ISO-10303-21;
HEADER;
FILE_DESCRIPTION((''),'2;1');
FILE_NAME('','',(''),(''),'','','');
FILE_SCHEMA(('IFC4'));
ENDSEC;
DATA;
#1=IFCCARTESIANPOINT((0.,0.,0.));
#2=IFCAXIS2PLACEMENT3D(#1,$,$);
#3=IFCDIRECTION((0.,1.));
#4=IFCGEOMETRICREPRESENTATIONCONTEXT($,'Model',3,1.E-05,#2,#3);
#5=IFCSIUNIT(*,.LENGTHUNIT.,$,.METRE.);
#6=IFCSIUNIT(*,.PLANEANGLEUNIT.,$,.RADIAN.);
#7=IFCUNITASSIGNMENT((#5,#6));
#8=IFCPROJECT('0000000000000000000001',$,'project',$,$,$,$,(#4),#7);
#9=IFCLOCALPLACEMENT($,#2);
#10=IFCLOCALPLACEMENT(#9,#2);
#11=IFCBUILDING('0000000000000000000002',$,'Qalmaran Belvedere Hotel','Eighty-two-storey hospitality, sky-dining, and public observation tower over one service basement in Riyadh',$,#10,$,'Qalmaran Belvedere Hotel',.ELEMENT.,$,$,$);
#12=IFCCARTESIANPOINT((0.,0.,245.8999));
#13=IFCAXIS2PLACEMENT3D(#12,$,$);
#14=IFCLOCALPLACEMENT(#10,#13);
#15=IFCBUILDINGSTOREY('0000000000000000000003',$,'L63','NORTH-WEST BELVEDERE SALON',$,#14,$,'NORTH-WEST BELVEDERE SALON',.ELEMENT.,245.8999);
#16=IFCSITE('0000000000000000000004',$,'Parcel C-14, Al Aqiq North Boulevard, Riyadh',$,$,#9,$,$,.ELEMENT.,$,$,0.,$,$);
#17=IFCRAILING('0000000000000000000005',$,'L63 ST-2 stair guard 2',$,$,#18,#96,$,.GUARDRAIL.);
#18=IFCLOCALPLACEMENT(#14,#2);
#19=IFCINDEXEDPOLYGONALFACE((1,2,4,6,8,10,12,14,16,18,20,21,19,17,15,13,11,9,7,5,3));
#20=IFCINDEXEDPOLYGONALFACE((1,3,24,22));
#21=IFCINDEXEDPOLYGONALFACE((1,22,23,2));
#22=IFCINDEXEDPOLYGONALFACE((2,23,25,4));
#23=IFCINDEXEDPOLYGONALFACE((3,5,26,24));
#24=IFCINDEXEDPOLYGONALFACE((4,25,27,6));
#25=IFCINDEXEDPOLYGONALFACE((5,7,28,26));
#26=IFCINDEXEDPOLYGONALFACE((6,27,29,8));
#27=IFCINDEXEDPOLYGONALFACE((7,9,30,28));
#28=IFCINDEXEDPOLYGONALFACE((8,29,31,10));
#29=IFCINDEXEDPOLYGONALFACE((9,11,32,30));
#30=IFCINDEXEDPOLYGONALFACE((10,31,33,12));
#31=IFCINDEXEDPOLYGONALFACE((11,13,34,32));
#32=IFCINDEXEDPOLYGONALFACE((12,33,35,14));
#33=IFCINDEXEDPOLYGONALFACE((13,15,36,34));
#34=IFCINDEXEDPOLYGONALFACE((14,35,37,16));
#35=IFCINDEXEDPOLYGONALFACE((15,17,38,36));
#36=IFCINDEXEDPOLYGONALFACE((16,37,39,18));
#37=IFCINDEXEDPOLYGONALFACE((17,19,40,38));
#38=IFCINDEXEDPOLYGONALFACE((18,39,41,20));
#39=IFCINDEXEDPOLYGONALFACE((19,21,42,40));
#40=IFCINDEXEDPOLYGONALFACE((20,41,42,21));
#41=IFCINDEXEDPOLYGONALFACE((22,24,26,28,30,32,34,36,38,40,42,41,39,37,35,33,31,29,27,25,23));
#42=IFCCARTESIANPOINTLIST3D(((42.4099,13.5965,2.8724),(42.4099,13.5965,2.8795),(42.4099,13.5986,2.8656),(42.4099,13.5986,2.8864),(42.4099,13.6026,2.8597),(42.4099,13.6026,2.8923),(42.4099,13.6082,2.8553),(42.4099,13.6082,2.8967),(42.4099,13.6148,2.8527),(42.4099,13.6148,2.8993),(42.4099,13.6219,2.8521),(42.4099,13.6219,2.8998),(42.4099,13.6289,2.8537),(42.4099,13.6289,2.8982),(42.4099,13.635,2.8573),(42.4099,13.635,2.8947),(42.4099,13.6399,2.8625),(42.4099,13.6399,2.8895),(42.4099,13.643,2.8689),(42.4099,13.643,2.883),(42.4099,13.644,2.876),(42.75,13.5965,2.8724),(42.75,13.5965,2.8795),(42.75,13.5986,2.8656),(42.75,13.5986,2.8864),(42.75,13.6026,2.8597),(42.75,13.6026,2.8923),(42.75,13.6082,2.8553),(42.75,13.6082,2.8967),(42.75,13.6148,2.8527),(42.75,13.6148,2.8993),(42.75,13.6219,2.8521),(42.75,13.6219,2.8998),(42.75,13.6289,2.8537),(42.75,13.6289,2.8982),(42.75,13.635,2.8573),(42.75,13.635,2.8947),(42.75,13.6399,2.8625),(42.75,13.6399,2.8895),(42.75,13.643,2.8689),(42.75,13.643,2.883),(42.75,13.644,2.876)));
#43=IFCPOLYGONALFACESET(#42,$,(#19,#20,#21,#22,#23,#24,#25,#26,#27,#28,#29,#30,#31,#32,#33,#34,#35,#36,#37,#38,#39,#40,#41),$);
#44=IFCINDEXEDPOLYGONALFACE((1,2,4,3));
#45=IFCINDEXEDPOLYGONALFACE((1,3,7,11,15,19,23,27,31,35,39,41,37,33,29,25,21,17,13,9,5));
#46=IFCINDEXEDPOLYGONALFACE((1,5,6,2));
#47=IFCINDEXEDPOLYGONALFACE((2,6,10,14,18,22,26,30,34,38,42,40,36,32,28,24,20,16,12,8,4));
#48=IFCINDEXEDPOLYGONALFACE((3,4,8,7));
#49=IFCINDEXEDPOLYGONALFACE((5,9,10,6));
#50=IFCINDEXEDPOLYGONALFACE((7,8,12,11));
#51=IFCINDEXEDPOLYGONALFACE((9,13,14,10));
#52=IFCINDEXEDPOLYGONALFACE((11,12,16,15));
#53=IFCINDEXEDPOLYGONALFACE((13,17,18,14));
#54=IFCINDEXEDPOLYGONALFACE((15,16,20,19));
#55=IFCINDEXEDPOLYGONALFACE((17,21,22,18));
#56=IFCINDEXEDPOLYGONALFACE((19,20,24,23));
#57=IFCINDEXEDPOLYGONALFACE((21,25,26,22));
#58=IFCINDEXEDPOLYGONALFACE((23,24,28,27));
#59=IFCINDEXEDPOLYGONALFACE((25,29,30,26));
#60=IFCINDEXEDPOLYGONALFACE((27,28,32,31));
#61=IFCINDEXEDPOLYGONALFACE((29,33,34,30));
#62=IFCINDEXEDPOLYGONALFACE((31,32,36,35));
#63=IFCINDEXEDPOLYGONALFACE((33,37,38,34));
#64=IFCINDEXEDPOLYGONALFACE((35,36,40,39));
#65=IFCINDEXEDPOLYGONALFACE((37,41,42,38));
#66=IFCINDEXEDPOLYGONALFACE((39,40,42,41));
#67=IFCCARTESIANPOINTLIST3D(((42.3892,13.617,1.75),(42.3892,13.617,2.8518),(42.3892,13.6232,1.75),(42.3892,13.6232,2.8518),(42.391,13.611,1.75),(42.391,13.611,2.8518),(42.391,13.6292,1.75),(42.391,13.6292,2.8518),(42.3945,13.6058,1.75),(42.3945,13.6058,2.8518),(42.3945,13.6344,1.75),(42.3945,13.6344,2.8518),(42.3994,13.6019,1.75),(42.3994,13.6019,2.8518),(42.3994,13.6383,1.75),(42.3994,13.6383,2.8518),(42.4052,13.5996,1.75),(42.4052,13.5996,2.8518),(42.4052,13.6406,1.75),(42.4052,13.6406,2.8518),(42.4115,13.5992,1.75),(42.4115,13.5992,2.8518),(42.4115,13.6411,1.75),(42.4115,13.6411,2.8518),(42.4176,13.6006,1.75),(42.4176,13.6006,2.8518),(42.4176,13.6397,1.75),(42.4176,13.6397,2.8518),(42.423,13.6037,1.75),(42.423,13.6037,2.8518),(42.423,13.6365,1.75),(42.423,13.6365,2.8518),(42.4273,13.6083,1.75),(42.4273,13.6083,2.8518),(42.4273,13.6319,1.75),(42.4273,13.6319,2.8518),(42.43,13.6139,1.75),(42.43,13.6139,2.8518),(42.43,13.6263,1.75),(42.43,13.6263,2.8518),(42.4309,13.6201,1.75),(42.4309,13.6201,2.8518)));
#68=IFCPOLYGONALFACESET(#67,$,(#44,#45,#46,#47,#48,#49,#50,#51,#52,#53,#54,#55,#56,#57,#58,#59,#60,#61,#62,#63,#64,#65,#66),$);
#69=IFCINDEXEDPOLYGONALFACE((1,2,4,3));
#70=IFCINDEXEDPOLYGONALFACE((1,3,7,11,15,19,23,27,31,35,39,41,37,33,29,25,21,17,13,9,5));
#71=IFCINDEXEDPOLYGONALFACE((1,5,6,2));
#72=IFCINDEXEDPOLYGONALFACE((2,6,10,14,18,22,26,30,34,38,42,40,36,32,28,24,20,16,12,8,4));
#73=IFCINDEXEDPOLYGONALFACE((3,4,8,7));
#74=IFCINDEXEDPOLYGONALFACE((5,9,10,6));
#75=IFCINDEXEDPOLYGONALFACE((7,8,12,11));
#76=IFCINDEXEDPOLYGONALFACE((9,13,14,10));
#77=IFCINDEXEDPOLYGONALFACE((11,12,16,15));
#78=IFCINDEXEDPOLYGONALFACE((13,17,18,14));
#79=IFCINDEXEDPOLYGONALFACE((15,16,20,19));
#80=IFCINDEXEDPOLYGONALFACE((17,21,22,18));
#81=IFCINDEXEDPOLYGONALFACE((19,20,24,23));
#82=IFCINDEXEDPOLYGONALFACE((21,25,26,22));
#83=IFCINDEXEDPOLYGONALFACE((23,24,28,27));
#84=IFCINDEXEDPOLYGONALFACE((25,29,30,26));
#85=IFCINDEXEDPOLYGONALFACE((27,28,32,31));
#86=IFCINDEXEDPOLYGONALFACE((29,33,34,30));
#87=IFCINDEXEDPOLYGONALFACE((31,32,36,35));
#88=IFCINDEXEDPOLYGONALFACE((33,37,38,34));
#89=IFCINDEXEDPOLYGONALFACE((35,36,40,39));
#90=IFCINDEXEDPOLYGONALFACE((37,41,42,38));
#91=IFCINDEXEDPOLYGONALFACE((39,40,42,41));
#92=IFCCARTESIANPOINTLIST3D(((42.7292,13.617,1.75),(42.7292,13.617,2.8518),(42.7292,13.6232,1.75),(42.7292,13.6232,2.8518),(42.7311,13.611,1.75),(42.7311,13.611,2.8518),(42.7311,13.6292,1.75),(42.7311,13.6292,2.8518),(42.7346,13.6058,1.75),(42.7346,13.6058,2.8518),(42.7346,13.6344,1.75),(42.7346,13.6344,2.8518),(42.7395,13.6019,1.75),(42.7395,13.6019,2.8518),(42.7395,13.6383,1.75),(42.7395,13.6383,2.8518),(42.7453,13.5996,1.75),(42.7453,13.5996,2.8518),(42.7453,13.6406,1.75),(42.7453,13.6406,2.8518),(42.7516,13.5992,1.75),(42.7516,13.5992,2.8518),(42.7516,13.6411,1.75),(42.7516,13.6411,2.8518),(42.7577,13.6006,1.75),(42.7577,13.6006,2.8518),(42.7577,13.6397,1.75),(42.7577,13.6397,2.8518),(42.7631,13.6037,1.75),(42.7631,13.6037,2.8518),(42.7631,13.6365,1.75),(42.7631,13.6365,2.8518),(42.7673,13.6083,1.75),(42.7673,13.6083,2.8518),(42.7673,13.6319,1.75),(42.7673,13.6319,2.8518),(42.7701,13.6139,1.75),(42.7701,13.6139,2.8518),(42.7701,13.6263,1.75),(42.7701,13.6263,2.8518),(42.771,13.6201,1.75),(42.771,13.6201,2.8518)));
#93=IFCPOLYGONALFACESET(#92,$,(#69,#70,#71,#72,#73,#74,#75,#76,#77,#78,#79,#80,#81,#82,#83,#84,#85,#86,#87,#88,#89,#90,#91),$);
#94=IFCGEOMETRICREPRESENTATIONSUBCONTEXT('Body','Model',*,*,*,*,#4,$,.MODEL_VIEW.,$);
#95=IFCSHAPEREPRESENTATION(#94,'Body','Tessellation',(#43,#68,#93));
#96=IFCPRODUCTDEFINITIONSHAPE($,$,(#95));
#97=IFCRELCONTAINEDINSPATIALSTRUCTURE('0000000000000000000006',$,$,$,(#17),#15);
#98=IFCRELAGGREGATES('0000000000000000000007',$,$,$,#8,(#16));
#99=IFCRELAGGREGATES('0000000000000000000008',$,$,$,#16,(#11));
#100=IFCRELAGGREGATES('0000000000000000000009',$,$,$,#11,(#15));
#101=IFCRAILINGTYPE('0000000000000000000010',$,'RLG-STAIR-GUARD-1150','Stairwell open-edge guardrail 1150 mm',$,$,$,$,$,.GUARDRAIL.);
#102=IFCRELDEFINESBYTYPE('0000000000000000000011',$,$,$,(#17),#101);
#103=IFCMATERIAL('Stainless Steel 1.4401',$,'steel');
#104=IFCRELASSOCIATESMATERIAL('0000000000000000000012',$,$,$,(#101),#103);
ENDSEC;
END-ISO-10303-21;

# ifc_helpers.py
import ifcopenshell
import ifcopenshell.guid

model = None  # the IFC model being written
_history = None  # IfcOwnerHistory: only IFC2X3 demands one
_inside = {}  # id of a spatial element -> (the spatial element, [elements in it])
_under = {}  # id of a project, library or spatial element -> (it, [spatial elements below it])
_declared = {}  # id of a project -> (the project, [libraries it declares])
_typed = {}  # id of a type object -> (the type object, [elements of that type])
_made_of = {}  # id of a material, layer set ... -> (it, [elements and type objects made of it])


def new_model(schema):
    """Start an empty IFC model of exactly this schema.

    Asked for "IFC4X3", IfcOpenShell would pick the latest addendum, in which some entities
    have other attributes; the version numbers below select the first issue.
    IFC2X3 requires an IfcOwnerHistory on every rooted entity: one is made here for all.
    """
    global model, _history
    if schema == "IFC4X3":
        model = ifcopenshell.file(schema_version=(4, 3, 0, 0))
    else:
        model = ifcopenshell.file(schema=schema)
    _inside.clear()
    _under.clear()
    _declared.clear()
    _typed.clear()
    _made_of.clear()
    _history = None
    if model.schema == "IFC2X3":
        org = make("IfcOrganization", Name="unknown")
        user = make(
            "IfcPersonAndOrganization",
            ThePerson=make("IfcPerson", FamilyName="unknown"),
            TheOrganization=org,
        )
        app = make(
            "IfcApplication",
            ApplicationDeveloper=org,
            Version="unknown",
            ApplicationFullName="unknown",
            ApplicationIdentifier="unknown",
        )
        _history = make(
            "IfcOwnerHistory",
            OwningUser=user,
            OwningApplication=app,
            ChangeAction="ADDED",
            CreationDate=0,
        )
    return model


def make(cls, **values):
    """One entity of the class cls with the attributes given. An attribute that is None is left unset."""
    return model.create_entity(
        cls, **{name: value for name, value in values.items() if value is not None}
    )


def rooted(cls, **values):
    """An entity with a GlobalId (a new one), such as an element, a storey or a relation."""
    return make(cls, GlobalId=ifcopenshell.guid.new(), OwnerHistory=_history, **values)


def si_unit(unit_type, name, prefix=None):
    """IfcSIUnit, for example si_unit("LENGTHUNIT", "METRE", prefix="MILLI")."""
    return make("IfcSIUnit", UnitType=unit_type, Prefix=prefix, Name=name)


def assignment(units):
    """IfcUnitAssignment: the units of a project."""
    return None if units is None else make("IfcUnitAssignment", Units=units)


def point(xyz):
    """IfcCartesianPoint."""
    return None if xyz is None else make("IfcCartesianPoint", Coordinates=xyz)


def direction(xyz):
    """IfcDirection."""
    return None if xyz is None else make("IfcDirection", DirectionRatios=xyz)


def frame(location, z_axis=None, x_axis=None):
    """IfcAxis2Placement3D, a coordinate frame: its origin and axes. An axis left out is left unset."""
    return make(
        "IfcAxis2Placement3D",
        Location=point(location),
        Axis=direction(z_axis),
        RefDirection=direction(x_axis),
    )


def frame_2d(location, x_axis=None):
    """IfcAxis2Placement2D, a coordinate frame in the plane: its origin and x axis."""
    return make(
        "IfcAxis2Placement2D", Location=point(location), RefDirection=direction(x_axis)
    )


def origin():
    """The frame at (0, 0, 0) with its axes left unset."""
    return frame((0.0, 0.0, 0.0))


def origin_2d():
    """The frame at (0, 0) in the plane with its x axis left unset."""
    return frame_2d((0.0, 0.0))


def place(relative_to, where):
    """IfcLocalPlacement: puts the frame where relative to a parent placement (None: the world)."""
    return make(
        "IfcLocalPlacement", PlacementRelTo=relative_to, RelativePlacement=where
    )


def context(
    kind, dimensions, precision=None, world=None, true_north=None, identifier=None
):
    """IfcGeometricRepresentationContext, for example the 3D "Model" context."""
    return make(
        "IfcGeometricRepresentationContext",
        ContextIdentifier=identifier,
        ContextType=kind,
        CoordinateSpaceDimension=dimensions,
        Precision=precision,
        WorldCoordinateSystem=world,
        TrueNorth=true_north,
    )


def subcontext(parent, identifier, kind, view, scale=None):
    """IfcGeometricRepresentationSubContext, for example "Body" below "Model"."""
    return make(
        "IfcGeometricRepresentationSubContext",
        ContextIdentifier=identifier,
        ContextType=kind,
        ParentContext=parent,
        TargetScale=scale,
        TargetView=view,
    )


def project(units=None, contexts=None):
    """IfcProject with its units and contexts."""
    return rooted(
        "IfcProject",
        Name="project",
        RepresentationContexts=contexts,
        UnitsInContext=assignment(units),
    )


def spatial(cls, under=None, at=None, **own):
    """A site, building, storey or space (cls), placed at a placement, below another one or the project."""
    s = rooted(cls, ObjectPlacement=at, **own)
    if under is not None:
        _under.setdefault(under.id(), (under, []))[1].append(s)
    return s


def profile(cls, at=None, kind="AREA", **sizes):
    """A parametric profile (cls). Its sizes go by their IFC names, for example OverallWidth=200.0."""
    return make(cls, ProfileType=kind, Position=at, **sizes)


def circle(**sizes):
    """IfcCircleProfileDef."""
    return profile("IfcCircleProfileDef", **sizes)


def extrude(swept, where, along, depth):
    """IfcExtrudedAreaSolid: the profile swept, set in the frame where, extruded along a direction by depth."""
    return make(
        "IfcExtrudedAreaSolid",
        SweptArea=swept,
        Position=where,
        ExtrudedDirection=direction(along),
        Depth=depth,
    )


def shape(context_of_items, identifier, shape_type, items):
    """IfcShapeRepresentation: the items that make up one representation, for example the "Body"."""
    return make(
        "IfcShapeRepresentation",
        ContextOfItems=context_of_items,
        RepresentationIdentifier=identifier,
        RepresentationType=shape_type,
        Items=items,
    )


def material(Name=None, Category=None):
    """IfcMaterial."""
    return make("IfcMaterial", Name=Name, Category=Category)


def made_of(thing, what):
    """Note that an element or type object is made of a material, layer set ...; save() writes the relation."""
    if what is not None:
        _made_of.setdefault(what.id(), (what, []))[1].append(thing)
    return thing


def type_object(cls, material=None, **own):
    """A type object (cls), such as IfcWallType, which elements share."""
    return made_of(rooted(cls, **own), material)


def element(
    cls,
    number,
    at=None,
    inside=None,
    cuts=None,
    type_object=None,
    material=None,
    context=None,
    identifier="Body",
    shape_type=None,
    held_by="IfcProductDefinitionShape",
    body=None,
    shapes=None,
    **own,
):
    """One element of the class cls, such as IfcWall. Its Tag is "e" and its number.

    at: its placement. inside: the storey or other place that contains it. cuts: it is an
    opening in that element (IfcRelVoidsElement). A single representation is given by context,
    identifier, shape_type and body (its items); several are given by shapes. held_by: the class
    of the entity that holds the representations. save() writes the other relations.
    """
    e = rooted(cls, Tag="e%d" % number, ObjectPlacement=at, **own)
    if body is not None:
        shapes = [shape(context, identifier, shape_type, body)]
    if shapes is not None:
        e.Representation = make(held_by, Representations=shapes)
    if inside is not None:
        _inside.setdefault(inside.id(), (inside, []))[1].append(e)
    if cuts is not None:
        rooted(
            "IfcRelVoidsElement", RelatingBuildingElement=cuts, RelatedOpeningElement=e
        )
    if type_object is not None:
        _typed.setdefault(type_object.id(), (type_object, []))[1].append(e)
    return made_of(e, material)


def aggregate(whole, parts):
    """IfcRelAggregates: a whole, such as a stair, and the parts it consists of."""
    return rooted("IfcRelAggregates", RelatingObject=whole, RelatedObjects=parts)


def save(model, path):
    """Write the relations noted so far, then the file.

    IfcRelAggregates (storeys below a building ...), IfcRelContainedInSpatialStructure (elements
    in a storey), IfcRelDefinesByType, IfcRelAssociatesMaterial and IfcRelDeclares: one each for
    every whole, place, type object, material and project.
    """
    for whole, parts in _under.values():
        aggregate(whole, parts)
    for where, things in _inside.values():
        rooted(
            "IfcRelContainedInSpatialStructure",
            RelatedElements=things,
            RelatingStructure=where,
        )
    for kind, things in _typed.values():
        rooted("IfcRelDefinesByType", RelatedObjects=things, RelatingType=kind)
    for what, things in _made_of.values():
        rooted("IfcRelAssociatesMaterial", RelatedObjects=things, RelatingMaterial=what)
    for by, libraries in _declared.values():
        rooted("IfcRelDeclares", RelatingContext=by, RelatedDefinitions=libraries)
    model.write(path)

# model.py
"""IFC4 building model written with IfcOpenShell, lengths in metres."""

from ifc_helpers import new_model, si_unit, direction, frame, origin, origin_2d, place, context, subcontext, project, spatial, circle, extrude, material, type_object, element, save


model = new_model("IFC4")

# Units and contexts
model_context = context("Model", 3, precision=1e-05, world=origin(), true_north=direction((0.0, 1.0)))
body_context = subcontext(model_context, "Body", "Model", "MODEL_VIEW")
ifc_project = project(units=[si_unit("LENGTHUNIT", "METRE"), si_unit("PLANEANGLEUNIT", "RADIAN")], contexts=[model_context])

# Site, building, storey
site_placement = place(None, origin())
site = spatial("IfcSite", under=ifc_project, at=site_placement, Name="Parcel C-14, Al Aqiq North Boulevard, Riyadh", CompositionType="ELEMENT", RefElevation=0.0)
building_placement = place(site_placement, origin())
building = spatial("IfcBuilding", under=site, at=building_placement, Name="Qalmaran Belvedere Hotel", Description="Eighty-two-storey hospitality, sky-dining, and public observation tower over one service basement in Riyadh", LongName="Qalmaran Belvedere Hotel", CompositionType="ELEMENT")
storey_placement = place(building_placement, frame((0.0, 0.0, 245.8999)))
storey = spatial("IfcBuildingStorey", under=building, at=storey_placement, Name="L63", Description="NORTH-WEST BELVEDERE SALON", LongName="NORTH-WEST BELVEDERE SALON", CompositionType="ELEMENT", Elevation=245.8999)

# Railing
ifc_material_1 = material(Name="Stainless Steel 1.4401", Category="steel")
railing_type_1 = type_object("IfcRailingType", Name="RLG-STAIR-GUARD-1150", Description="Stairwell open-edge guardrail 1150 mm", PredefinedType="GUARDRAIL", material=ifc_material_1)
railing_1_placement = place(storey_placement, frame((42.4099, 13.6201, 1.75)))
element("IfcRailing", 1, at=railing_1_placement, inside=storey, type_object=railing_type_1, Name="L63 ST-2 stair guard 2", PredefinedType="GUARDRAIL", context=body_context, shape_type="SweptSolid", body=[
    extrude(circle(Radius=0.0239, at=origin_2d()), frame((0.0, 0.0, 1.126), z_axis=(1.0, 0.0, 0.0), x_axis=(0.0, 1.0, 0.0)), (0.0, 0.0, 1.0), 0.3401),
    extrude(circle(Radius=0.021, at=origin_2d()), origin(), (0.0, 0.0, 1.0), 1.1018),
    extrude(circle(Radius=0.021, at=origin_2d()), frame((0.3401, 0.0, 0.0)), (0.0, 0.0, 1.0), 1.1018),
])

save(model, "model.ifc")
